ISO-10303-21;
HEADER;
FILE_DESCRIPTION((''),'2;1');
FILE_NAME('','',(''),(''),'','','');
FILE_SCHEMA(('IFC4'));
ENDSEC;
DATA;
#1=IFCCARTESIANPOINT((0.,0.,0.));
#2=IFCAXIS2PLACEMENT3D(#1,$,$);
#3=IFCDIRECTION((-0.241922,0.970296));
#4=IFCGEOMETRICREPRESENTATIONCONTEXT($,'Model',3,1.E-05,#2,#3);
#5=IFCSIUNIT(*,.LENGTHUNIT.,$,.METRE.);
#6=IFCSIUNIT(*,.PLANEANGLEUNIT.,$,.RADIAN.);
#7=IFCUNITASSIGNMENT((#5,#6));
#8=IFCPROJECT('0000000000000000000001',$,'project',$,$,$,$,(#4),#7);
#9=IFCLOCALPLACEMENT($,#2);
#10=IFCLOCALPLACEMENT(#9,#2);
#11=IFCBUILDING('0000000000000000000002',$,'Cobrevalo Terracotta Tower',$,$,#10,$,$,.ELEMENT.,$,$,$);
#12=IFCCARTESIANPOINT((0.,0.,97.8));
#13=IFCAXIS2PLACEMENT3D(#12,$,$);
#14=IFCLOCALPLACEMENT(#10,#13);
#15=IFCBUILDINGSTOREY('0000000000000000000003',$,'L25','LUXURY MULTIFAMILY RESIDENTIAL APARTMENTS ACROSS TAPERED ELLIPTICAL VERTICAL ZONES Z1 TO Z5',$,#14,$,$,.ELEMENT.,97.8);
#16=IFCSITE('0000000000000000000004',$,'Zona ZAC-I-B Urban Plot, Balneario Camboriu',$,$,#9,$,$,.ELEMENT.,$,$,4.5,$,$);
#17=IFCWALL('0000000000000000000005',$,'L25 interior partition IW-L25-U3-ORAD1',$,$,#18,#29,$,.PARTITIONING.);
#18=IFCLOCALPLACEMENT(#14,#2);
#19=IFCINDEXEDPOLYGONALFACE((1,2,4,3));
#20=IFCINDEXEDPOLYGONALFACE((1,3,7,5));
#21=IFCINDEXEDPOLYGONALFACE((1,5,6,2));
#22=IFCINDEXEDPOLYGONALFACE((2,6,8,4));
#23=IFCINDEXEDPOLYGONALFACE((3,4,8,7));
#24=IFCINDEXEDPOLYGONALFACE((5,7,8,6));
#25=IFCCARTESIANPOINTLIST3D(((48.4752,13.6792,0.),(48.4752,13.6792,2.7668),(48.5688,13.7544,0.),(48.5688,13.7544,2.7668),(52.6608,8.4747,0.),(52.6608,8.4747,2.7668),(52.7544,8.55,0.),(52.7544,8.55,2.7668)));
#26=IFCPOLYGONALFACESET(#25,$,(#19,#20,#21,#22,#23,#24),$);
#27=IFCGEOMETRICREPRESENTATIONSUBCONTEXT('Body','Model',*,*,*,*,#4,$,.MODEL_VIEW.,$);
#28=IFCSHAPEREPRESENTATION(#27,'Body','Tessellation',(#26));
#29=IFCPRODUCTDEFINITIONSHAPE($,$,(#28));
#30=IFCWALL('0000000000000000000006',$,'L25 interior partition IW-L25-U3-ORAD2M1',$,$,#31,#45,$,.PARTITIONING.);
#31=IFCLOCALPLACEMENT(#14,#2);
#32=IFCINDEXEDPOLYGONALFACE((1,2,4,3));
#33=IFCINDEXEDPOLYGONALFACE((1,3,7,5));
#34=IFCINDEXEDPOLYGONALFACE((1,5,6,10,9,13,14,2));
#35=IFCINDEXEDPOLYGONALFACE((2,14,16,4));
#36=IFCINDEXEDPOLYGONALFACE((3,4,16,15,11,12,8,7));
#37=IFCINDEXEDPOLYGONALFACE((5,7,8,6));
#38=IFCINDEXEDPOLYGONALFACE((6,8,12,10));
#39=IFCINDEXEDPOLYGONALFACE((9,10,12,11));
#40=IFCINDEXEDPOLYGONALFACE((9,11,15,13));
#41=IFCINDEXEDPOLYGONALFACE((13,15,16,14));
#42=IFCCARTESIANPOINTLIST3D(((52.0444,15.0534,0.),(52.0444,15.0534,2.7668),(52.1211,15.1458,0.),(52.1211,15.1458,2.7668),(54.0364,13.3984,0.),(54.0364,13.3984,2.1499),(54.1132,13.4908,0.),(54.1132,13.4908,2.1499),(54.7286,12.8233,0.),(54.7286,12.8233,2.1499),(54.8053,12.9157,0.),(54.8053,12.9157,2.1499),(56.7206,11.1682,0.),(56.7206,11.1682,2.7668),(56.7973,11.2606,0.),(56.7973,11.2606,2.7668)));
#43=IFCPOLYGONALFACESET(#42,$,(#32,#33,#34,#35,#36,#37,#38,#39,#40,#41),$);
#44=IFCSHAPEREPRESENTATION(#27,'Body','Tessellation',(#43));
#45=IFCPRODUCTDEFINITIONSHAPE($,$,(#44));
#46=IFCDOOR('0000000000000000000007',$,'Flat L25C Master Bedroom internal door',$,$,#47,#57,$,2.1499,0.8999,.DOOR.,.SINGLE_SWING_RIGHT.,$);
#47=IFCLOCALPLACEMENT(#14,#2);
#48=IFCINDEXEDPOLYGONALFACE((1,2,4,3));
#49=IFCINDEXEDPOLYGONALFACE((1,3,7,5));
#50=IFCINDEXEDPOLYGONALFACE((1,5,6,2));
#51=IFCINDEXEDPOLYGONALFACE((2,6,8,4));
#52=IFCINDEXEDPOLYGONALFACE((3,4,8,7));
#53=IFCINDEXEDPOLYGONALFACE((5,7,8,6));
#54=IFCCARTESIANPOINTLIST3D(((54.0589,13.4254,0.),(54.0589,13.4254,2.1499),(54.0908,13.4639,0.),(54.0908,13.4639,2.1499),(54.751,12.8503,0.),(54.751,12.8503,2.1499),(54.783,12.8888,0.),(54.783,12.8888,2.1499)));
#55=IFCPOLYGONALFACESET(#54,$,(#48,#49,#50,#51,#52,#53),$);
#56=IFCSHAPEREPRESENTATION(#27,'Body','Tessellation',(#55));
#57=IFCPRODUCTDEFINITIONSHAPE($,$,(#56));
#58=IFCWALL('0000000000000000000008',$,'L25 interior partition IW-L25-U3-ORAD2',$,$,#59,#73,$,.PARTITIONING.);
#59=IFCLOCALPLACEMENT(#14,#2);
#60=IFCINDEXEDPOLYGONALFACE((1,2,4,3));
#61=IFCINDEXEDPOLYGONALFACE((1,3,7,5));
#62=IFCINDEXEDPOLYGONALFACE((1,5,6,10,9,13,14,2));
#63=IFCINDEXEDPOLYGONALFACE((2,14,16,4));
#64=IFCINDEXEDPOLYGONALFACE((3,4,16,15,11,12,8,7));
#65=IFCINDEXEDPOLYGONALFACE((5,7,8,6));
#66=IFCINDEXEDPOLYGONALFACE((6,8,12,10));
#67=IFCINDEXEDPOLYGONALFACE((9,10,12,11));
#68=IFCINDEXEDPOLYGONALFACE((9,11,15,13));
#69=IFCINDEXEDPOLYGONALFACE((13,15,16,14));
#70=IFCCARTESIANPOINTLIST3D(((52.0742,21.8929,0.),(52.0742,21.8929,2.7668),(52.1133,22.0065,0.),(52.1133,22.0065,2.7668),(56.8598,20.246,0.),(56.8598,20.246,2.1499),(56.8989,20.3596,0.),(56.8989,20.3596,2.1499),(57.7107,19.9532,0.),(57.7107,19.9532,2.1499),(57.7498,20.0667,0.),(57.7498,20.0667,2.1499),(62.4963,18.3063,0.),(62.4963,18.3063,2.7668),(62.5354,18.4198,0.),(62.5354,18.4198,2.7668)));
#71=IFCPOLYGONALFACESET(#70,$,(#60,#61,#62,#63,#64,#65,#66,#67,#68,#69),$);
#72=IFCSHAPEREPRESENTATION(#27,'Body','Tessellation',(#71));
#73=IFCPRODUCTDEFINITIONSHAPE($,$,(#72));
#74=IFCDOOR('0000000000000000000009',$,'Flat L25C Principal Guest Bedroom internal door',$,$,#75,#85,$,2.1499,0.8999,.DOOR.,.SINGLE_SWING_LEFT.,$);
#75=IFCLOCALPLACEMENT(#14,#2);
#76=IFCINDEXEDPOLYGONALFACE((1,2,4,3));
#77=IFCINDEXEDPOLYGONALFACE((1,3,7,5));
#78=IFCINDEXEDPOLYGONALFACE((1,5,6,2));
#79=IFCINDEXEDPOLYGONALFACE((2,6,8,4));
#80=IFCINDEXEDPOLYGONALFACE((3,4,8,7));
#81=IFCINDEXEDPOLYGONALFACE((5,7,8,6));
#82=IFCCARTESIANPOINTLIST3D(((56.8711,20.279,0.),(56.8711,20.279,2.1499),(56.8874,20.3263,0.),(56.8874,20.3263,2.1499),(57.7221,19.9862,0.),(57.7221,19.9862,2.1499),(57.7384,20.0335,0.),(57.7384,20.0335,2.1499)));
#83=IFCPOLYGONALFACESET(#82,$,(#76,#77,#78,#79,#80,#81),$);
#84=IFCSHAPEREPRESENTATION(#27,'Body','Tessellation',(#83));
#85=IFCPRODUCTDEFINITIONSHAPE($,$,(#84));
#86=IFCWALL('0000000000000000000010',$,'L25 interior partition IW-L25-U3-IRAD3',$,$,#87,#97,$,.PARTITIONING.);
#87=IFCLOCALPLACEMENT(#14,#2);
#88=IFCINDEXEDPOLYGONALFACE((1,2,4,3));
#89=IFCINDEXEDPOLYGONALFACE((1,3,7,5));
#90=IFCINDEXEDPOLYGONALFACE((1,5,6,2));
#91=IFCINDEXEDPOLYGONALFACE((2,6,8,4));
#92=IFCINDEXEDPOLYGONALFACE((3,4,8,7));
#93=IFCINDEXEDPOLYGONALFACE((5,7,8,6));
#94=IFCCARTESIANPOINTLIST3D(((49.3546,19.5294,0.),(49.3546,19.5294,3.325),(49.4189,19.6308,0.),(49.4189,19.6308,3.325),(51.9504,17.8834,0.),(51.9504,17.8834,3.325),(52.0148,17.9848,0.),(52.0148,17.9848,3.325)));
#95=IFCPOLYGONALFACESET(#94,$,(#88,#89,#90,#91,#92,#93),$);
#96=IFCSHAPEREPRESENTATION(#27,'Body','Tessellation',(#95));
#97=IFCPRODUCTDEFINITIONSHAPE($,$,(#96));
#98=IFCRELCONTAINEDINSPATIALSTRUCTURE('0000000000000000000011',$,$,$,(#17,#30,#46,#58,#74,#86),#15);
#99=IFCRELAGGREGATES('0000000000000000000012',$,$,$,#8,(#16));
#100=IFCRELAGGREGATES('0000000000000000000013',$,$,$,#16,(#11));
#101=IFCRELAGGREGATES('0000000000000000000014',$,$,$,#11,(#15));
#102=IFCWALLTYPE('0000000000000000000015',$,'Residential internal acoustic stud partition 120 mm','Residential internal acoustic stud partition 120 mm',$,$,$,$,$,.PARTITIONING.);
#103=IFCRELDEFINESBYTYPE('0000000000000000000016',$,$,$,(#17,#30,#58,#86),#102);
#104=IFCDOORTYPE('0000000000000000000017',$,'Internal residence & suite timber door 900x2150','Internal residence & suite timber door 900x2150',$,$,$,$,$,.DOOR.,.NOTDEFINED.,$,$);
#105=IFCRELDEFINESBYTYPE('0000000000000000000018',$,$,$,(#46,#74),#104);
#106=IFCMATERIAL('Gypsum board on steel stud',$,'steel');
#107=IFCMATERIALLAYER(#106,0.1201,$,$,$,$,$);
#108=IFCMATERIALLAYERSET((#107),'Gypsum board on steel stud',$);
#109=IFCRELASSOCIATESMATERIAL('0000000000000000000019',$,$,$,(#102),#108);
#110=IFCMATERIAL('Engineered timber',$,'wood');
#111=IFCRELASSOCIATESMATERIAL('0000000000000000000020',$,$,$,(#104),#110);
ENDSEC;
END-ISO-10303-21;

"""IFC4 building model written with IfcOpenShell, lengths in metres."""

from ifc_helpers import new_model, si_unit, direction, frame, frame_2d, origin, place, context, subcontext, project, spatial, rectangle, extrude, source, transform, mapped, material, layer, layer_set, type_object, element, fill, save


model = new_model("IFC4")

# Units and contexts
model_context = context("Model", 3, precision=1e-05, world=origin(), true_north=direction((-0.241922, 0.970296)))
body_context = subcontext(model_context, "Body", "Model", "MODEL_VIEW")
ifc_project = project(units=[si_unit("LENGTHUNIT", "METRE"), si_unit("PLANEANGLEUNIT", "RADIAN")], contexts=[model_context])

# Site, building, storey
site_placement = place(None, origin())
site = spatial("IfcSite", under=ifc_project, at=site_placement, Name="Zona ZAC-I-B Urban Plot, Balneario Camboriu", CompositionType="ELEMENT", RefElevation=4.5)
building_placement = place(site_placement, origin())
building = spatial("IfcBuilding", under=site, at=building_placement, Name="Cobrevalo Terracotta Tower", CompositionType="ELEMENT")
storey_placement = place(building_placement, frame((0.0, 0.0, 97.8)))
storey = spatial("IfcBuildingStorey", under=building, at=storey_placement, Name="L25", Description="LUXURY MULTIFAMILY RESIDENTIAL APARTMENTS ACROSS TAPERED ELLIPTICAL VERTICAL ZONES Z1 TO Z5", CompositionType="ELEMENT", Elevation=97.8)

# Shared definitions
ifc_material_1 = material(Name="Gypsum board on steel stud", Category="steel")

# Shared definitions
ifc_layer_1 = layer(ifc_material_1, 0.1201)
ifc_layer_set_1 = layer_set([ifc_layer_1], Name="Gypsum board on steel stud")
wall_type_1 = type_object("IfcWallType", Name="Residential internal acoustic stud partition 120 mm", Description="Residential internal acoustic stud partition 120 mm", PredefinedType="PARTITIONING", material=ifc_layer_set_1)
ifc_material_2 = material(Name="Engineered timber", Category="wood")
door_type = type_object("IfcDoorType", Name="Internal residence & suite timber door 900x2150", Description="Internal residence & suite timber door 900x2150", OperationType="NOTDEFINED", PredefinedType="DOOR", material=ifc_material_2)
shared_shape_1 = source(origin(), body_context, "Body", "SweptSolid", [
    extrude(rectangle(XDim=0.8999, YDim=2.1499, at=frame_2d((0.45, 1.075))), frame((0.0, 0.0249, 0.0), z_axis=(0.0, -1.0, 0.0), x_axis=(1.0, 0.0, 0.0)), (0.0, 0.0, 1.0), 0.05),
])

# Wall
wall_1_placement = place(storey_placement, frame((48.522, 13.7168, 0.0), z_axis=(0.0, 0.0, 1.0), x_axis=(0.626708, -0.779254, 0.0)))
element("IfcWall", 1, at=wall_1_placement, inside=storey, type_object=wall_type_1, Name="L25 interior partition IW-L25-U3-ORAD1", PredefinedType="PARTITIONING", context=body_context, shape_type="SweptSolid", body=[
    extrude(rectangle(XDim=6.6787, YDim=0.1201, at=frame_2d((3.3394, 0.0))), origin(), (0.0, 0.0, 1.0), 2.7668),
])

# Walls, openings, doors
wall_2_placement = place(storey_placement, frame((52.0828, 15.0996, 0.0), z_axis=(0.0, 0.0, 1.0), x_axis=(0.769162, -0.639054, 0.0)))
wall_2 = element("IfcWall", 2, at=wall_2_placement, inside=storey, type_object=wall_type_1, Name="L25 interior partition IW-L25-U3-ORAD2M1", PredefinedType="PARTITIONING", context=body_context, shape_type="SweptSolid", body=[
    extrude(rectangle(XDim=6.0796, YDim=0.1201, at=frame_2d((3.0398, 0.0))), origin(), (0.0, 0.0, 1.0), 2.7668),
])
opening_1_placement = place(wall_2_placement, frame((2.5898, 0.0, 0.0)))
opening_1 = element("IfcOpeningElement", 3, at=opening_1_placement, cuts=wall_2, PredefinedType="OPENING", context=body_context, shape_type="SweptSolid", body=[
    extrude(rectangle(XDim=0.8999, YDim=2.1499, at=frame_2d((0.45, 1.075))), frame((0.0, 0.0701, 0.0), z_axis=(0.0, -1.0, 0.0), x_axis=(1.0, 0.0, 0.0)), (0.0, 0.0, 1.0), 0.1401),
])
door_1_placement = place(opening_1_placement, frame((0.8999, 0.0, 0.0), z_axis=(0.0, 0.0, 1.0), x_axis=(-1.0, 0.0, 0.0)))
door_1 = element("IfcDoor", 4, at=door_1_placement, inside=storey, type_object=door_type, Name="Flat L25C Master Bedroom internal door", OperationType="SINGLE_SWING_RIGHT", OverallHeight=2.1499, OverallWidth=0.8999, PredefinedType="DOOR", context=body_context, shape_type="MappedRepresentation", body=[
    mapped(shared_shape_1, transform((0.0, 0.0, 0.0), scale=1.0)),
])
fill(opening_1, door_1)
wall_3_placement = place(storey_placement, frame((52.0938, 21.9497, 0.0), z_axis=(0.0, 0.0, 1.0), x_axis=(0.945573, -0.32541, 0.0)))
wall_3 = element("IfcWall", 5, at=wall_3_placement, inside=storey, type_object=wall_type_1, Name="L25 interior partition IW-L25-U3-ORAD2", PredefinedType="PARTITIONING", context=body_context, shape_type="SweptSolid", body=[
    extrude(rectangle(XDim=11.022, YDim=0.1201, at=frame_2d((5.511, 0.0))), origin(), (0.0, 0.0, 1.0), 2.7668),
])
opening_2_placement = place(wall_3_placement, frame((5.061, 0.0, 0.0)))
opening_2 = element("IfcOpeningElement", 6, at=opening_2_placement, cuts=wall_3, PredefinedType="OPENING", context=body_context, shape_type="SweptSolid", body=[
    extrude(rectangle(XDim=0.8999, YDim=2.1499, at=frame_2d((0.45, 1.075))), frame((0.0, 0.0701, 0.0), z_axis=(0.0, -1.0, 0.0), x_axis=(1.0, 0.0, 0.0)), (0.0, 0.0, 1.0), 0.1401),
])
door_2_placement = place(opening_2_placement, origin())
door_2 = element("IfcDoor", 7, at=door_2_placement, inside=storey, type_object=door_type, Name="Flat L25C Principal Guest Bedroom internal door", OperationType="SINGLE_SWING_LEFT", OverallHeight=2.1499, OverallWidth=0.8999, PredefinedType="DOOR", context=body_context, shape_type="MappedRepresentation", body=[
    mapped(shared_shape_1, transform((0.0, 0.0, 0.0), scale=1.0)),
])
fill(opening_2, door_2)

# Wall
wall_4_placement = place(storey_placement, frame((49.3867, 19.5801, 0.0), z_axis=(0.0, 0.0, 1.0), x_axis=(0.84454, -0.535492, 0.0)))
element("IfcWall", 8, at=wall_4_placement, inside=storey, type_object=wall_type_1, Name="L25 interior partition IW-L25-U3-IRAD3", PredefinedType="PARTITIONING", context=body_context, shape_type="SweptSolid", body=[
    extrude(rectangle(XDim=3.0737, YDim=0.1201, at=frame_2d((1.5369, 0.0))), origin(), (0.0, 0.0, 1.0), 3.325),
])

save(model, "model.ifc")
